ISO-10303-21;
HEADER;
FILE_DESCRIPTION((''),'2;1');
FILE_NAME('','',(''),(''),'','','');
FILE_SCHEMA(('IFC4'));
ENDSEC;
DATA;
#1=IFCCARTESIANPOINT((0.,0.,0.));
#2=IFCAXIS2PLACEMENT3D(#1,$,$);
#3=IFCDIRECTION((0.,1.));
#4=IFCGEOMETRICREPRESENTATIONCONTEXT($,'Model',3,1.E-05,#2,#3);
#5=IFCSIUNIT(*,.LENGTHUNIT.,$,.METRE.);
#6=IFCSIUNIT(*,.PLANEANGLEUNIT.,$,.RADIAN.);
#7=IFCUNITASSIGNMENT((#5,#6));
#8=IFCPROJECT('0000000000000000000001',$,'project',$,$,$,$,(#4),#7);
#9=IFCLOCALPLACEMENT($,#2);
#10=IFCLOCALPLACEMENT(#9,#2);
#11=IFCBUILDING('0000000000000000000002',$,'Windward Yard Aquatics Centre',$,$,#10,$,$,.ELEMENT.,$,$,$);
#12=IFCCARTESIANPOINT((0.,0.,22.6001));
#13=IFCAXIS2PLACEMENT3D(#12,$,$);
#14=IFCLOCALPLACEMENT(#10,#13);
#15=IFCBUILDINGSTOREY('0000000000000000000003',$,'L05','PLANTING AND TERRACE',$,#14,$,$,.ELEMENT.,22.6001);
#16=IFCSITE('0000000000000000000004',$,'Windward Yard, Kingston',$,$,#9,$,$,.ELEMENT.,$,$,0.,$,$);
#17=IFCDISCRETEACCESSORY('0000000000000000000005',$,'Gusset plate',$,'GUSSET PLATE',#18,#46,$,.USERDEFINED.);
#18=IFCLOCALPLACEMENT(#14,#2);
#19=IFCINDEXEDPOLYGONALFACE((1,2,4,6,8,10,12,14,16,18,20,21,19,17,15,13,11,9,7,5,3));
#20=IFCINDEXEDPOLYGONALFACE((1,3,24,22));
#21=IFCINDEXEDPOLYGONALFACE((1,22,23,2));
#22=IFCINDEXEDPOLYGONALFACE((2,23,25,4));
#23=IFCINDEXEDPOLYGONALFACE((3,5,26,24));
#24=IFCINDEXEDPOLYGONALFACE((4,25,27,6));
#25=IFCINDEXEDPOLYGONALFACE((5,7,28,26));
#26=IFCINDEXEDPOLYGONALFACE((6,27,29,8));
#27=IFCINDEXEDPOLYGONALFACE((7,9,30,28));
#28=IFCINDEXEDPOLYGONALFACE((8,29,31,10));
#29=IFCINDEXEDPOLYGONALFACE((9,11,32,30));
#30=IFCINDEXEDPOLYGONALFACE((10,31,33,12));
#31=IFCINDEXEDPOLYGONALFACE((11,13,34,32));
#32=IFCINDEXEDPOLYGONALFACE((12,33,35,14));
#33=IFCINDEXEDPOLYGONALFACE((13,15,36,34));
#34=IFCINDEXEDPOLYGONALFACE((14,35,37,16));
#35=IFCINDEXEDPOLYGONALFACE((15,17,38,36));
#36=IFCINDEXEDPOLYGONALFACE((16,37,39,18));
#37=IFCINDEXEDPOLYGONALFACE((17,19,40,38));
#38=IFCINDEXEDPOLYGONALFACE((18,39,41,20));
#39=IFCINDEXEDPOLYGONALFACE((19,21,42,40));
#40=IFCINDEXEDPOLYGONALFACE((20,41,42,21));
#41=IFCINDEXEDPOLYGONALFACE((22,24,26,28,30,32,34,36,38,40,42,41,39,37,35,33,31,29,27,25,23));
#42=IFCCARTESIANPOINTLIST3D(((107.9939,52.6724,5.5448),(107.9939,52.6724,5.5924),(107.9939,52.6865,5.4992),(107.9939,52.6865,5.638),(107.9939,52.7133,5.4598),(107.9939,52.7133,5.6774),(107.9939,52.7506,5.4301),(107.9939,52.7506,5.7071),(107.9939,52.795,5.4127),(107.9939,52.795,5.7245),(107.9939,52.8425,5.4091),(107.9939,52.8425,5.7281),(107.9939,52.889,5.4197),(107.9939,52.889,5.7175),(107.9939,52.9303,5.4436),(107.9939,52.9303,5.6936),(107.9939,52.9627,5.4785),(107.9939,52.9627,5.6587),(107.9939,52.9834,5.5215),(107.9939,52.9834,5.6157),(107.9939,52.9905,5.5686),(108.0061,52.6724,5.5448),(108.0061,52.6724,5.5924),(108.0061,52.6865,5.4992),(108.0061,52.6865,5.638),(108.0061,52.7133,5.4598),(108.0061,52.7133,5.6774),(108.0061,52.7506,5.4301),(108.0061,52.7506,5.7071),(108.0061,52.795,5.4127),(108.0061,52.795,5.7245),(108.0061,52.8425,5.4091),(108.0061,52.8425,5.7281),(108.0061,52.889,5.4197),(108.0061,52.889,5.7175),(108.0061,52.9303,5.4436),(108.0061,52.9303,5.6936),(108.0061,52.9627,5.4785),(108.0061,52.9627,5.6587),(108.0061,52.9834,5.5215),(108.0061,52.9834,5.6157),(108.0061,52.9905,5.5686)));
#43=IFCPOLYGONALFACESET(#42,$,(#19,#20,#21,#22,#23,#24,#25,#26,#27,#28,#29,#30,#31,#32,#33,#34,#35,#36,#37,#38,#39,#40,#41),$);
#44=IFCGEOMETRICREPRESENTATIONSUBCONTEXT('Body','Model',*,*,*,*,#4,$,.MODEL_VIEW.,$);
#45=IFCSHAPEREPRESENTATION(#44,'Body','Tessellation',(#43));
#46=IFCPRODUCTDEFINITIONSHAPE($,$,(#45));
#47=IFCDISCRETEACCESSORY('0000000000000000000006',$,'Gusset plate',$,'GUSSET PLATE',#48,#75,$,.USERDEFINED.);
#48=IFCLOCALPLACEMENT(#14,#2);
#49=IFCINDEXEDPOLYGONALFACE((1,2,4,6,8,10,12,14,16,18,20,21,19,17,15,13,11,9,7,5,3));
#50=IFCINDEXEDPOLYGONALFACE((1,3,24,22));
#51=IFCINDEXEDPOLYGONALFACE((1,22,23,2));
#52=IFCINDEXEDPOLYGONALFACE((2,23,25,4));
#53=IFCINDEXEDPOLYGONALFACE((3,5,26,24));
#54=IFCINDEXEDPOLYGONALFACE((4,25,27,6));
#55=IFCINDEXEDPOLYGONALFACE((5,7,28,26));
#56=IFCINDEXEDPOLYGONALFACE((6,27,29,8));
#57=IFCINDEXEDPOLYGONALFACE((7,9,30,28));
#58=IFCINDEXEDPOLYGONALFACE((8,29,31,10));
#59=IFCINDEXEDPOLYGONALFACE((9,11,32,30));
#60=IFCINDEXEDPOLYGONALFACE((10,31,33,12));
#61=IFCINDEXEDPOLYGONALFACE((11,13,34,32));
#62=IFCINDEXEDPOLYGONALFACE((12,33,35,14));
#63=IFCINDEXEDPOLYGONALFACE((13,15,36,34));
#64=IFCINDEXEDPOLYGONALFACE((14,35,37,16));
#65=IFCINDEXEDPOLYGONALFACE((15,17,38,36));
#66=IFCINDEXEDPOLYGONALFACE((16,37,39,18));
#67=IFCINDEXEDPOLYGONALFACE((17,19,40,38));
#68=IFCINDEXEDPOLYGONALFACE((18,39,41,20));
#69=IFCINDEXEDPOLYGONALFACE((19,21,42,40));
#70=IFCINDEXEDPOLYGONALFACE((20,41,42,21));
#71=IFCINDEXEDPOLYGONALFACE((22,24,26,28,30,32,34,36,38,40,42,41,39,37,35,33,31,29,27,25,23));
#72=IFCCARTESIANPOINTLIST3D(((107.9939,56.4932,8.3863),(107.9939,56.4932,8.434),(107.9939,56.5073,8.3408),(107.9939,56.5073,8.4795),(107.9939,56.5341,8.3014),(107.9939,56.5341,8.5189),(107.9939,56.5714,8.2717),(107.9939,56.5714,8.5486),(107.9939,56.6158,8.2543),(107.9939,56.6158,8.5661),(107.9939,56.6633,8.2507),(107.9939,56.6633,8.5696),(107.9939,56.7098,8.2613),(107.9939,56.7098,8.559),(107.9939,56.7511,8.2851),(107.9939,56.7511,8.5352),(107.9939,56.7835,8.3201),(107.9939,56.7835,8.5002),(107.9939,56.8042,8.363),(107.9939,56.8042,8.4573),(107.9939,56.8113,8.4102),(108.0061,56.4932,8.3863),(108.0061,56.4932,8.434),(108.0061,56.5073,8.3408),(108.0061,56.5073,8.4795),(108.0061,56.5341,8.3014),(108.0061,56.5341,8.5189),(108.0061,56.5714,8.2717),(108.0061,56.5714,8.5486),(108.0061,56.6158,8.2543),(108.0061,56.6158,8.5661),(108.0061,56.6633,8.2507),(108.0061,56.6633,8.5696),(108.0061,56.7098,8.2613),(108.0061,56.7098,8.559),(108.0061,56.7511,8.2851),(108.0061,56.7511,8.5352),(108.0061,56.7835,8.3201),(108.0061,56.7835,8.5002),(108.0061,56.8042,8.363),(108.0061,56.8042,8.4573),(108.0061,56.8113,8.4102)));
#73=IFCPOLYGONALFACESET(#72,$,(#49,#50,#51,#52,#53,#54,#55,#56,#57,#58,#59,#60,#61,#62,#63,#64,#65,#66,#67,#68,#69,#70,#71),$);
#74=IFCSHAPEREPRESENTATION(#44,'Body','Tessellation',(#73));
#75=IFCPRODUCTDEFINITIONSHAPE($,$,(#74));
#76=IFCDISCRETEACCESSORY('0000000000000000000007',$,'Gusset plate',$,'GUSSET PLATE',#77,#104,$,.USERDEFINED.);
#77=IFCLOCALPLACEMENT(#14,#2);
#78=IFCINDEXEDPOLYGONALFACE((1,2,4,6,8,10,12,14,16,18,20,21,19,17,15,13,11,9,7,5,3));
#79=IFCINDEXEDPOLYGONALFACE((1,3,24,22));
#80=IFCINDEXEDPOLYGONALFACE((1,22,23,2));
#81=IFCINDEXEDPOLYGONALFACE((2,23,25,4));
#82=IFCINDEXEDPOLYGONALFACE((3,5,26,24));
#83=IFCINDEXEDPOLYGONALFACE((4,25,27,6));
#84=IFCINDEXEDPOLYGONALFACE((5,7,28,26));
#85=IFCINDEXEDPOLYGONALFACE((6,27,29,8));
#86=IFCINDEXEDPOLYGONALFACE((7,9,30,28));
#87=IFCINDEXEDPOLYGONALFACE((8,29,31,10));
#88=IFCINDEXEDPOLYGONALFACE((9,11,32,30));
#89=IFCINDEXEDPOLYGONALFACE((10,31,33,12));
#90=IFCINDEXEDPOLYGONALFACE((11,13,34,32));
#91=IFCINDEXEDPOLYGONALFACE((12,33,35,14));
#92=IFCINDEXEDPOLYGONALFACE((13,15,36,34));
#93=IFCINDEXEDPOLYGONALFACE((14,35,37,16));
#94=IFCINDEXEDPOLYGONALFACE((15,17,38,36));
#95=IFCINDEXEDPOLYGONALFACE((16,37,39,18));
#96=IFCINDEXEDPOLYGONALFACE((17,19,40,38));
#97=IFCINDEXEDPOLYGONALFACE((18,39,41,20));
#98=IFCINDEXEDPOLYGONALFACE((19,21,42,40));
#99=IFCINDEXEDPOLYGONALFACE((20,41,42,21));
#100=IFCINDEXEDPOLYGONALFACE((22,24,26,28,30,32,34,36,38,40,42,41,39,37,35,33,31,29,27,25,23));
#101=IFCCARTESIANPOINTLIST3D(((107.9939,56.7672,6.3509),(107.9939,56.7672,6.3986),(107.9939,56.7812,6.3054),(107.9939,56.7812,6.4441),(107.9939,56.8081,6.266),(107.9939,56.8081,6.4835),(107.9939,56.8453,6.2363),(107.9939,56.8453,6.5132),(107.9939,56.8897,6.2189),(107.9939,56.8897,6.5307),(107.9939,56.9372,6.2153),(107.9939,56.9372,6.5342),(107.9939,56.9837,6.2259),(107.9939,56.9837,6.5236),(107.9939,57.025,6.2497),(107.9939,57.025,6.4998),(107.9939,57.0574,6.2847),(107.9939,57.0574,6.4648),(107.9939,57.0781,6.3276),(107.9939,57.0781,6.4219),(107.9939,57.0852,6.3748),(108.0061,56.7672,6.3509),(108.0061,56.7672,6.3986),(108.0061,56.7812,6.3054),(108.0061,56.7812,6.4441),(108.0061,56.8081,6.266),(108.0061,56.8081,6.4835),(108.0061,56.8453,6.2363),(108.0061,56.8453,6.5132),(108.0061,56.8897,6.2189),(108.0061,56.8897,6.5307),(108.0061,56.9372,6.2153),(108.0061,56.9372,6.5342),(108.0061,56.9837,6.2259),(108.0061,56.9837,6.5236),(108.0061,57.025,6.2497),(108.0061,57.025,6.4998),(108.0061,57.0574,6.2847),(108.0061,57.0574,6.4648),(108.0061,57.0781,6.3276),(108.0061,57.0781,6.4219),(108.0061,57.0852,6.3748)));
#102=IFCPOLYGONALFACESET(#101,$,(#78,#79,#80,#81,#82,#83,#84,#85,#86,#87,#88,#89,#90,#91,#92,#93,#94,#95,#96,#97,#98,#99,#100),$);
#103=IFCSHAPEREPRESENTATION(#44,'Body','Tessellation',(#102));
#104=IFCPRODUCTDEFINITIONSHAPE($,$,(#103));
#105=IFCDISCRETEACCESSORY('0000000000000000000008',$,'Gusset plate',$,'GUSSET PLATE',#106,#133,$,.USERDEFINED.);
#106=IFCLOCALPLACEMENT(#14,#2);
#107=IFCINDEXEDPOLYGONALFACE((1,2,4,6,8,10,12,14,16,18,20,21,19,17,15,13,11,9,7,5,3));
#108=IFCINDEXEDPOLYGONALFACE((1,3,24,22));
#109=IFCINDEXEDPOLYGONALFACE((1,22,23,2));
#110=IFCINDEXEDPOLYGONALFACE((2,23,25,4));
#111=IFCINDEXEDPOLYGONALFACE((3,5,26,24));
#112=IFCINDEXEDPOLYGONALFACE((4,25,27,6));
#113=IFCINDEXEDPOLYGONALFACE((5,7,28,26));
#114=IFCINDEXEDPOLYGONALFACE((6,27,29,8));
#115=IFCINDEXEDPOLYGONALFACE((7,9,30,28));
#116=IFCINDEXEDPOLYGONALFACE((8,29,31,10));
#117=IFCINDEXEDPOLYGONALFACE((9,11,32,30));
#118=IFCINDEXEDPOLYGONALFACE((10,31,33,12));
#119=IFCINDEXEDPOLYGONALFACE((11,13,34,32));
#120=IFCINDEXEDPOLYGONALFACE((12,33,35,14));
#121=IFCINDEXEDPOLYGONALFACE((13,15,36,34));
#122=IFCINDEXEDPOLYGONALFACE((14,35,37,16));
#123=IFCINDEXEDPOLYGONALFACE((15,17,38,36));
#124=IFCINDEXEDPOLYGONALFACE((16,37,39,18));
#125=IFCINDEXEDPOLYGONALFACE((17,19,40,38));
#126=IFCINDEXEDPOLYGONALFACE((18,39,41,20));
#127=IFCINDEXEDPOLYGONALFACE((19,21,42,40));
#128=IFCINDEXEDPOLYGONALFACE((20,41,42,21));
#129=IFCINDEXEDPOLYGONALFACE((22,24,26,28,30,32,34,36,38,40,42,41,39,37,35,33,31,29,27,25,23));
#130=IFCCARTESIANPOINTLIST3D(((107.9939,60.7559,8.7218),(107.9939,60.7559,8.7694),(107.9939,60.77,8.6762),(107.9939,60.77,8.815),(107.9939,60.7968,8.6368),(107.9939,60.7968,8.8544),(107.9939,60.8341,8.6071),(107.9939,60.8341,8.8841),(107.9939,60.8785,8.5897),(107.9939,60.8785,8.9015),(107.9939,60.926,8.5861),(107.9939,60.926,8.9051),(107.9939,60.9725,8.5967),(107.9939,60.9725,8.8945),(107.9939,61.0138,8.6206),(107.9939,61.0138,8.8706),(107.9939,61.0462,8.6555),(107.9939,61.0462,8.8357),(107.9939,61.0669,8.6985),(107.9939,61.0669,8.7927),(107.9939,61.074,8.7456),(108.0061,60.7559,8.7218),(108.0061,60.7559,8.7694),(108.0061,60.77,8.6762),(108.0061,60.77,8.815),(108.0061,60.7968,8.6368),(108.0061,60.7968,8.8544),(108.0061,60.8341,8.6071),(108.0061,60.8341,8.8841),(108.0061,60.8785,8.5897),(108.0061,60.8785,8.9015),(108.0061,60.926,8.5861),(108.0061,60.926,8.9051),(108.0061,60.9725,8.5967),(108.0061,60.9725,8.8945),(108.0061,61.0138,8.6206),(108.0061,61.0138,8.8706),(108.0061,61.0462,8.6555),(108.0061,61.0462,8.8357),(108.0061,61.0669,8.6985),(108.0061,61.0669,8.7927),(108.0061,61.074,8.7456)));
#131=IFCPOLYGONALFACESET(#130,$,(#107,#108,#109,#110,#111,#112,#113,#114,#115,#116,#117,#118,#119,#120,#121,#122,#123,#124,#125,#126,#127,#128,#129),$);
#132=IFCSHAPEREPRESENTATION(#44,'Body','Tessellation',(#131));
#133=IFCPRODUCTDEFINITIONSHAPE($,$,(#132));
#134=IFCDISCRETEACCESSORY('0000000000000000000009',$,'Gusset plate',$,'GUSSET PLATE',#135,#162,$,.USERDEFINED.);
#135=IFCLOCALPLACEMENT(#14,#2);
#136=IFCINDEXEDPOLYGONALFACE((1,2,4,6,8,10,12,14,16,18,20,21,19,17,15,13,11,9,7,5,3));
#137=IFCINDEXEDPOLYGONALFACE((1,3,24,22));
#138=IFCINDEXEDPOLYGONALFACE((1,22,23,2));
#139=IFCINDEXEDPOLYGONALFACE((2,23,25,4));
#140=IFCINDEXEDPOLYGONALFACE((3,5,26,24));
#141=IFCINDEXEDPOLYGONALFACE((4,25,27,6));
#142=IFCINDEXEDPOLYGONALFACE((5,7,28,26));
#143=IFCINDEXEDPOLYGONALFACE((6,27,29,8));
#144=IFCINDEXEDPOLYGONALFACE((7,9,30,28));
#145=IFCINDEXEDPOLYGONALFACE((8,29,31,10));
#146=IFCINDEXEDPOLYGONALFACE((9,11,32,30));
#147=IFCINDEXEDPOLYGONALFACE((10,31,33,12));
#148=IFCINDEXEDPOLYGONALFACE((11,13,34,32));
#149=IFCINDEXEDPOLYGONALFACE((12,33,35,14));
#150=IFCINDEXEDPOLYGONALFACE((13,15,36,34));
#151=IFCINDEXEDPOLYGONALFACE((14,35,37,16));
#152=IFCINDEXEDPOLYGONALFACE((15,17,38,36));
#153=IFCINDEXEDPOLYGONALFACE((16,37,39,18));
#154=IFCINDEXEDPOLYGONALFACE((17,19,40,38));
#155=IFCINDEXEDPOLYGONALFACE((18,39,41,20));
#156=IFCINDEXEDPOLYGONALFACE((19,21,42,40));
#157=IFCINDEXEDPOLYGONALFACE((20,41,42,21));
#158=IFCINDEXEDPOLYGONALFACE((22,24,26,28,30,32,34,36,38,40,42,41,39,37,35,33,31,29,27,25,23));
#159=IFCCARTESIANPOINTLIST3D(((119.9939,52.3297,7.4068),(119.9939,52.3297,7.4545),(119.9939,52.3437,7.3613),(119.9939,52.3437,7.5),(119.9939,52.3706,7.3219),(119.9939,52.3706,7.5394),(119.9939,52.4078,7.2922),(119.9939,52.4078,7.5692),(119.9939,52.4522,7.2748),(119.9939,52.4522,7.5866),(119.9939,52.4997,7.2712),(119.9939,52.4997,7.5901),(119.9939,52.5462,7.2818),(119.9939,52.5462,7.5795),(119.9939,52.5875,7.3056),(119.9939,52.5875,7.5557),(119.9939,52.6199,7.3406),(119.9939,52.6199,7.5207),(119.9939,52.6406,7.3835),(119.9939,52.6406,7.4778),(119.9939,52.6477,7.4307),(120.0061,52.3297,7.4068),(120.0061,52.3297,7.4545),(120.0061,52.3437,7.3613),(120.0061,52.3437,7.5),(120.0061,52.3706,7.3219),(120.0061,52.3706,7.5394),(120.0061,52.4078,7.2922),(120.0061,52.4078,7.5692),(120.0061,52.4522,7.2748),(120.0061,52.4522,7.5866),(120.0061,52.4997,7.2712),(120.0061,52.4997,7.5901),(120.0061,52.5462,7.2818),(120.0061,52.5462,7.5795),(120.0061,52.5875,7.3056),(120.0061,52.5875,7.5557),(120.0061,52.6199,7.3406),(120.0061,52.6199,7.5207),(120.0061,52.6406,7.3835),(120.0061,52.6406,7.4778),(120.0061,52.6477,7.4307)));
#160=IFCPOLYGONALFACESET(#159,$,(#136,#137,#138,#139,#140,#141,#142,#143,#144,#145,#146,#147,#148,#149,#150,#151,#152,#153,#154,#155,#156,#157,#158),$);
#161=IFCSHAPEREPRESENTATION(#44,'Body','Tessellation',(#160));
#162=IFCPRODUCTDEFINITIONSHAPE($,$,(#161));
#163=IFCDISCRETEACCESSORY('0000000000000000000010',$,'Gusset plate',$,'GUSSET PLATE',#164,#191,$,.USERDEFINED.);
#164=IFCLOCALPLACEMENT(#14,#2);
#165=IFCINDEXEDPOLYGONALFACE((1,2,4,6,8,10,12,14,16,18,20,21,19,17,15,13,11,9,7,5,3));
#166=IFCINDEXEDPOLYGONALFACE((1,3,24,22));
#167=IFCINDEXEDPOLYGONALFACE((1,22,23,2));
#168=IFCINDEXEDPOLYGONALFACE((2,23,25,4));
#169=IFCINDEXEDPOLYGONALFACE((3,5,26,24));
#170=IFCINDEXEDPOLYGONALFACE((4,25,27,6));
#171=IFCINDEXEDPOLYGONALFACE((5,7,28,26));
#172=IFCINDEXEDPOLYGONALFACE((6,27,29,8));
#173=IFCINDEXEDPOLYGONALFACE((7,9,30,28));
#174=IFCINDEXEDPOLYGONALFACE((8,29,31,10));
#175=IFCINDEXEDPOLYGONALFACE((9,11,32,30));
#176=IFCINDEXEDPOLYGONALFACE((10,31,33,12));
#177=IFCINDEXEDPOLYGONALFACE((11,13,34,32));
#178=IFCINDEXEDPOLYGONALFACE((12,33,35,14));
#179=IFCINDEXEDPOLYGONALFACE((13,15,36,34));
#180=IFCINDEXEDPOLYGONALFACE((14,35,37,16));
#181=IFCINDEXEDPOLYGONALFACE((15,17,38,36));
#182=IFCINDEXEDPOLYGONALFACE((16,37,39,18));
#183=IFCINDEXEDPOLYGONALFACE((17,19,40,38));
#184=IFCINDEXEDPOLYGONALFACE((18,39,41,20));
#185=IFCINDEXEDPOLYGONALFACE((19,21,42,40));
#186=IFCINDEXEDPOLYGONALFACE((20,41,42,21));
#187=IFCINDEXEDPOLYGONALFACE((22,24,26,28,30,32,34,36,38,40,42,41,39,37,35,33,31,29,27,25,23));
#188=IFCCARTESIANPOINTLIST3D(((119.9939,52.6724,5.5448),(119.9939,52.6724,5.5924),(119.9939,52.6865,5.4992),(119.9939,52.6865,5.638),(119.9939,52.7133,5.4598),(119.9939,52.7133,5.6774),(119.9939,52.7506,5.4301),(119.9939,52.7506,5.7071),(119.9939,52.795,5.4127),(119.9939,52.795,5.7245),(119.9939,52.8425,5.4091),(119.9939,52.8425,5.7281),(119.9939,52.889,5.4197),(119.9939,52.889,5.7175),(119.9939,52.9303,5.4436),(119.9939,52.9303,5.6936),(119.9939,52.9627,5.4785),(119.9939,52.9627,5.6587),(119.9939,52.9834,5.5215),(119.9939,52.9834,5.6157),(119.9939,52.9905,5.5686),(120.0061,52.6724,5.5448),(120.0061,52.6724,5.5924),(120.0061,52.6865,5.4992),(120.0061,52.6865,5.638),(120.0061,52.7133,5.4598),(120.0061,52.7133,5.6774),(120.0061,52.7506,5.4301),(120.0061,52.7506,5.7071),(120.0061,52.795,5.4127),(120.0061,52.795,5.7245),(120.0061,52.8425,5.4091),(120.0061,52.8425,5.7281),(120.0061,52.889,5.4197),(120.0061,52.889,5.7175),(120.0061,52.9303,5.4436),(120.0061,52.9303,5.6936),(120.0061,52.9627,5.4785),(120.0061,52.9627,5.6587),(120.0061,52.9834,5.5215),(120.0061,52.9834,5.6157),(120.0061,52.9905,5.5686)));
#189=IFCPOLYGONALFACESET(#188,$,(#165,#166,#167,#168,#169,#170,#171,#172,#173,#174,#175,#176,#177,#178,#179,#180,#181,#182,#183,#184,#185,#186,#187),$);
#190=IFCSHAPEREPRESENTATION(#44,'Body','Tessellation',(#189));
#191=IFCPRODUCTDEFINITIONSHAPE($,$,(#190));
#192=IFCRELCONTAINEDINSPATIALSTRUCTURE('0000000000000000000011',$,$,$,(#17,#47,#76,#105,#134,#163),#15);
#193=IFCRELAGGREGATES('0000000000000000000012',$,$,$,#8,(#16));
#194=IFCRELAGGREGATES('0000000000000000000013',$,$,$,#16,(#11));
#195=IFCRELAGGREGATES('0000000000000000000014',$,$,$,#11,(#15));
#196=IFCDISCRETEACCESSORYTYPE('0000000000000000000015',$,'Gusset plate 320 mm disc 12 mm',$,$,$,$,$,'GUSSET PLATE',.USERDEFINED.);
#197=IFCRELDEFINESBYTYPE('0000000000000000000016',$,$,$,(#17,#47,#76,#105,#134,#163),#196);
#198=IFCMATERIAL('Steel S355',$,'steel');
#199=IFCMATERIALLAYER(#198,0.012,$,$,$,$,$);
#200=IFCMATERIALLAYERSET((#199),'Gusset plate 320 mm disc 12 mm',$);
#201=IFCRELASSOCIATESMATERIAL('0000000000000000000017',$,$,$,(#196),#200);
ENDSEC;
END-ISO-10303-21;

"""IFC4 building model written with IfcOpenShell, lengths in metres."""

from ifc_helpers import new_model, si_unit, direction, frame, origin, origin_2d, place, context, subcontext, project, spatial, circle, extrude, material, layer, layer_set, type_object, element, save


model = new_model("IFC4")

# Units and contexts
model_context = context("Model", 3, precision=1e-05, world=origin(), true_north=direction((0.0, 1.0)))
body_context = subcontext(model_context, "Body", "Model", "MODEL_VIEW")
ifc_project = project(units=[si_unit("LENGTHUNIT", "METRE"), si_unit("PLANEANGLEUNIT", "RADIAN")], contexts=[model_context])

# Site, building, storey
site_placement = place(None, origin())
site = spatial("IfcSite", under=ifc_project, at=site_placement, Name="Windward Yard, Kingston", CompositionType="ELEMENT", RefElevation=0.0)
building_placement = place(site_placement, origin())
building = spatial("IfcBuilding", under=site, at=building_placement, Name="Windward Yard Aquatics Centre", CompositionType="ELEMENT")
storey_placement = place(building_placement, frame((0.0, 0.0, 22.6001)))
storey = spatial("IfcBuildingStorey", under=building, at=storey_placement, Name="L05", Description="PLANTING AND TERRACE", CompositionType="ELEMENT", Elevation=22.6001)

# Discrete accessories
ifc_material_1 = material(Name="Steel S355", Category="steel")
ifc_layer = layer(ifc_material_1, 0.012)
ifc_layer_set = layer_set([ifc_layer], Name="Gusset plate 320 mm disc 12 mm")
discrete_accessory_type = type_object("IfcDiscreteAccessoryType", Name="Gusset plate 320 mm disc 12 mm", ElementType="GUSSET PLATE", PredefinedType="USERDEFINED", material=ifc_layer_set)
for number, where, z_axis, x_axis, name in (
    (1, (107.9939, 52.8306, 5.5686), (1.0, 0.0, 0.0), (0.0, 1.0, 0.0), "Gusset plate"),
    (2, (107.9939, 56.6514, 8.4102), (1.0, 0.0, 0.0), (0.0, 1.0, 0.0), "Gusset plate"),
    (3, (107.9939, 56.9253, 6.3748), (1.0, 0.0, 0.0), (0.0, 1.0, 0.0), "Gusset plate"),
    (4, (107.9939, 60.9141, 8.7456), (1.0, 0.0, 0.0), (0.0, 1.0, 0.0), "Gusset plate"),
    (5, (119.9939, 52.4878, 7.4307), (1.0, 0.0, 0.0), (0.0, 1.0, 0.0), "Gusset plate"),
    (6, (119.9939, 52.8306, 5.5686), (1.0, 0.0, 0.0), (0.0, 1.0, 0.0), "Gusset plate"),
):
    element("IfcDiscreteAccessory", number, at=place(storey_placement, frame(where, z_axis=z_axis, x_axis=x_axis)), inside=storey, type_object=discrete_accessory_type, Name=name, ObjectType="GUSSET PLATE", PredefinedType="USERDEFINED", context=body_context, shape_type="SweptSolid", body=[
        extrude(circle(Radius=0.1599, at=origin_2d()), origin(), (0.0, 0.0, 1.0), 0.0122),
    ])

save(model, "model.ifc")
